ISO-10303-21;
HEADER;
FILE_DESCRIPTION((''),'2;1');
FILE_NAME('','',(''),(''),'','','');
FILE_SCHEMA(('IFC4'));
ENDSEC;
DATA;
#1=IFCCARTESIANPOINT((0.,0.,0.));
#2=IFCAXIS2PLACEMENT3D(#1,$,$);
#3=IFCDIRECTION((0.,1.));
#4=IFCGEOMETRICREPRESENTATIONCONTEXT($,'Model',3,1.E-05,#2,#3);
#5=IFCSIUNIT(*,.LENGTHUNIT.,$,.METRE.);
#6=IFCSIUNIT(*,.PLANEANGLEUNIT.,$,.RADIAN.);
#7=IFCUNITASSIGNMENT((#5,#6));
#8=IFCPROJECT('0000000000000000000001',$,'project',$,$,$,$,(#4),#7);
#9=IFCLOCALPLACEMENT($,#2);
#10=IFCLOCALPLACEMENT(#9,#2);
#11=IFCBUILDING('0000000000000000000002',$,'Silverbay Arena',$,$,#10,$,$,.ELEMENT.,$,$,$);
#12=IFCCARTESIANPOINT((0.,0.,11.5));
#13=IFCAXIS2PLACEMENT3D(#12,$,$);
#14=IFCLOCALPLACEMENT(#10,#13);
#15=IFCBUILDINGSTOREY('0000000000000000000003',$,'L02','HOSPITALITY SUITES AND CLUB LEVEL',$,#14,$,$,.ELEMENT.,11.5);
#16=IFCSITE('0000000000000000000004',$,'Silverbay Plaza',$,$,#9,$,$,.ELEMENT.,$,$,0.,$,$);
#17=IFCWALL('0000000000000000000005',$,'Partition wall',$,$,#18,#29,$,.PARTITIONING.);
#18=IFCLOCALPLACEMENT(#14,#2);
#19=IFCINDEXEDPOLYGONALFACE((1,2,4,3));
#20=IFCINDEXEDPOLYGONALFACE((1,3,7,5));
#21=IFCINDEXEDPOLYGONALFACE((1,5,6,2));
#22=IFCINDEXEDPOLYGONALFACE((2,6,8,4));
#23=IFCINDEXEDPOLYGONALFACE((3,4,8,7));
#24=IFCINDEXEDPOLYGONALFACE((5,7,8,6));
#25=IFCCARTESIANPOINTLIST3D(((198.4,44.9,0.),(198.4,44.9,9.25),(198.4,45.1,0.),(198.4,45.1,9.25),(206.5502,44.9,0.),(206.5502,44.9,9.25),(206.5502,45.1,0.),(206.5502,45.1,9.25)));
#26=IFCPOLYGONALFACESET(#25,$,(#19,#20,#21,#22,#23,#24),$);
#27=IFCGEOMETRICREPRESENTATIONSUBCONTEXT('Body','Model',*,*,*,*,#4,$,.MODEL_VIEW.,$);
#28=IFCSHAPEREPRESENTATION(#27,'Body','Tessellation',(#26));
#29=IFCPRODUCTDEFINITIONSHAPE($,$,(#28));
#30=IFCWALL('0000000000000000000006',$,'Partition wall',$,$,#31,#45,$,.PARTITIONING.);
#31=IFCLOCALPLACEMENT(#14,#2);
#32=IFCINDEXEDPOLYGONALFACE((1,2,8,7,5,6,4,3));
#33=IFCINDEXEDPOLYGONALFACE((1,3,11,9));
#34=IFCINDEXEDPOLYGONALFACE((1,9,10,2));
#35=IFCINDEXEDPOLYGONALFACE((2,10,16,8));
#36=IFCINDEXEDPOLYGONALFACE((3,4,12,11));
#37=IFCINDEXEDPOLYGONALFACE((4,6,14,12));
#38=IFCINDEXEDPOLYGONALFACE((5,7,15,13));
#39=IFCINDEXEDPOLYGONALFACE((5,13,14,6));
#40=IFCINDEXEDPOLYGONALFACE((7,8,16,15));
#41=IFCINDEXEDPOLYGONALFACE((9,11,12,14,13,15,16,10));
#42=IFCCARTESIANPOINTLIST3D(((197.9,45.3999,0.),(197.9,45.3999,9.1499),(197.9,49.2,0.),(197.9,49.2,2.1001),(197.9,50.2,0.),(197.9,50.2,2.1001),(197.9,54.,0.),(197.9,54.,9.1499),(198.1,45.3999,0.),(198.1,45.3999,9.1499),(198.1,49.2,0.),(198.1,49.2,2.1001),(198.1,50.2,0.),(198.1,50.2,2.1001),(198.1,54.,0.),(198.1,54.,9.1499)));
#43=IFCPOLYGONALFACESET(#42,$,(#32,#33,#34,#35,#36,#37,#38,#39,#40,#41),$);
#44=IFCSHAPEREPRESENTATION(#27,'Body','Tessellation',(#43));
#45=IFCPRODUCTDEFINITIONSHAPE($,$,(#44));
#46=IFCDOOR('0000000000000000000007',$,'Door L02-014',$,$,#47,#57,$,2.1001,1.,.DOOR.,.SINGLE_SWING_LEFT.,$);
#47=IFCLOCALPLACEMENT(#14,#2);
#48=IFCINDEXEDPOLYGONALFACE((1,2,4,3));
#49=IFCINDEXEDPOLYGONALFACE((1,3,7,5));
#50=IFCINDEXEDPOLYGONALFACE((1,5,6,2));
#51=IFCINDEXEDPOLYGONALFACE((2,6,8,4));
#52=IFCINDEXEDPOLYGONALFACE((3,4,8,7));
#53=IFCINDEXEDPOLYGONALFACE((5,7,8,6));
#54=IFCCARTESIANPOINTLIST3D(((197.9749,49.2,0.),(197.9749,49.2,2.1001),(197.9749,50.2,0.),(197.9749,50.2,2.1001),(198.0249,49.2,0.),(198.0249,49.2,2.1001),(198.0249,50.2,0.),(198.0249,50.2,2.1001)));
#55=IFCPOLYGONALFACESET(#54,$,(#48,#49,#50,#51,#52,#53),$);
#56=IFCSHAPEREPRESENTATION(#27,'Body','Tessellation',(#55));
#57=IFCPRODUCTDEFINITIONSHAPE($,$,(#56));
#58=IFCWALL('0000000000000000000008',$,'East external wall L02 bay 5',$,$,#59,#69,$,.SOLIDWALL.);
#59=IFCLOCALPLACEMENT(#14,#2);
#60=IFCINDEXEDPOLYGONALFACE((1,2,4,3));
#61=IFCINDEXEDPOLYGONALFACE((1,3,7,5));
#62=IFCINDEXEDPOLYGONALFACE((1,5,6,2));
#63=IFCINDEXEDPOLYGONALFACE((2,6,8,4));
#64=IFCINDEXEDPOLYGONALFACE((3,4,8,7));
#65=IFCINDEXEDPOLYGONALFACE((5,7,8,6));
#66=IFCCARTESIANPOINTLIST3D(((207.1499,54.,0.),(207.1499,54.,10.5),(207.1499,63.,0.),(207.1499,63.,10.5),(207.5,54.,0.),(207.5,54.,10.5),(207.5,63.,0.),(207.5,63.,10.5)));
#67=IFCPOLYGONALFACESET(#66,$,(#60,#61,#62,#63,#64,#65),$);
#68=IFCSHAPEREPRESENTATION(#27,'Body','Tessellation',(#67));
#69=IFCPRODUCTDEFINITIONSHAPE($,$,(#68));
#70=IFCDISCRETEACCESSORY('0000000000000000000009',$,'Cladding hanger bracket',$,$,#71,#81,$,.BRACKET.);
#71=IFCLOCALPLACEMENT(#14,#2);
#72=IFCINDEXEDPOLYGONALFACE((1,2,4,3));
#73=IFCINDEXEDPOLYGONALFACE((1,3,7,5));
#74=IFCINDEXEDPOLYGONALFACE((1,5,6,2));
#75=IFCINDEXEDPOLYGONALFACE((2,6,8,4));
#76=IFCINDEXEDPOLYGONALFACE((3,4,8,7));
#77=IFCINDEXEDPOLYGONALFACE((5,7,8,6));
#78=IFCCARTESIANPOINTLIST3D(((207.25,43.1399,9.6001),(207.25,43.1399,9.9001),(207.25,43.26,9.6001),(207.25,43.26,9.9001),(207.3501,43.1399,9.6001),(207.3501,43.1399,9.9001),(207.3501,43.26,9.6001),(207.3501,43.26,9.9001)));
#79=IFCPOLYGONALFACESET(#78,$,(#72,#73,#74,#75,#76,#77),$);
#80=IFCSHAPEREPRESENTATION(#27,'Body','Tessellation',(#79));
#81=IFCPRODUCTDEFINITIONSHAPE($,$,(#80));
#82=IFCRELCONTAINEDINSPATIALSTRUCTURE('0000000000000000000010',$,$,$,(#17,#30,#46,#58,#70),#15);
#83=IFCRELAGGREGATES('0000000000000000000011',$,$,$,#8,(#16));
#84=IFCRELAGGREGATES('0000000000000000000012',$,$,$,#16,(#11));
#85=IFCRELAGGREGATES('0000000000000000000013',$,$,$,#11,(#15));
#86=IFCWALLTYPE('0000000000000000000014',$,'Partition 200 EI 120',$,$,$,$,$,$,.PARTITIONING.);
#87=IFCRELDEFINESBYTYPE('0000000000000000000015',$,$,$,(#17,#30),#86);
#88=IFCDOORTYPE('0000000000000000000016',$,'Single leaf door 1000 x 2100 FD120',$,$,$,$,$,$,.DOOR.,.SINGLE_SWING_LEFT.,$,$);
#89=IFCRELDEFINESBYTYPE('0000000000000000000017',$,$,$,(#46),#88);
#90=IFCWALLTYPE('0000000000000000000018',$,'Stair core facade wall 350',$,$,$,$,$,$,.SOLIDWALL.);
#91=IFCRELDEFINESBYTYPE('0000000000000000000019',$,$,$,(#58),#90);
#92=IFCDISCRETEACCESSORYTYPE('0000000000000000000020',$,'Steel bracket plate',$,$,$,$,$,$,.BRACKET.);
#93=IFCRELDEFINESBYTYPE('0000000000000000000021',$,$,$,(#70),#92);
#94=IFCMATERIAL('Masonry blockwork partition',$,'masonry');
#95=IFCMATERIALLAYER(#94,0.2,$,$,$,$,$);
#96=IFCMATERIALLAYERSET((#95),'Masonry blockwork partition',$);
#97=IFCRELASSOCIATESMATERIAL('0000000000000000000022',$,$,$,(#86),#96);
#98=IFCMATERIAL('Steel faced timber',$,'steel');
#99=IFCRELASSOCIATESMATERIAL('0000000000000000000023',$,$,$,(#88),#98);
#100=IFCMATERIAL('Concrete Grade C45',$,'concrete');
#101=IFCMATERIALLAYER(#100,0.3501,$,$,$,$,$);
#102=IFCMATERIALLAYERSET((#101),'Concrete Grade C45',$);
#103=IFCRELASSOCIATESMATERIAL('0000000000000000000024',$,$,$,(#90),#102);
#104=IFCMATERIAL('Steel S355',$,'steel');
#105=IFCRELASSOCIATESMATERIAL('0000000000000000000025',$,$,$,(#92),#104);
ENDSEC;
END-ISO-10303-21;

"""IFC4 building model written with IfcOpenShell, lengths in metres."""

from ifc_helpers import new_model, si_unit, direction, frame, frame_2d, origin, origin_2d, place, context, subcontext, project, spatial, rectangle, extrude, material, layer, layer_set, type_object, element, fill, save


model = new_model("IFC4")

# Units and contexts
model_context = context("Model", 3, precision=1e-05, world=origin(), true_north=direction((0.0, 1.0)))
body_context = subcontext(model_context, "Body", "Model", "MODEL_VIEW")
ifc_project = project(units=[si_unit("LENGTHUNIT", "METRE"), si_unit("PLANEANGLEUNIT", "RADIAN")], contexts=[model_context])

# Site, building, storey
site_placement = place(None, origin())
site = spatial("IfcSite", under=ifc_project, at=site_placement, Name="Silverbay Plaza", CompositionType="ELEMENT", RefElevation=0.0)
building_placement = place(site_placement, origin())
building = spatial("IfcBuilding", under=site, at=building_placement, Name="Silverbay Arena", CompositionType="ELEMENT")
storey_placement = place(building_placement, frame((0.0, 0.0, 11.5)))
storey = spatial("IfcBuildingStorey", under=building, at=storey_placement, Name="L02", Description="HOSPITALITY SUITES AND CLUB LEVEL", CompositionType="ELEMENT", Elevation=11.5)

# Wall
ifc_material_1 = material(Name="Masonry blockwork partition", Category="masonry")
ifc_layer_1 = layer(ifc_material_1, 0.2)
ifc_layer_set_1 = layer_set([ifc_layer_1], Name="Masonry blockwork partition")
wall_type_1 = type_object("IfcWallType", Name="Partition 200 EI 120", PredefinedType="PARTITIONING", material=ifc_layer_set_1)
wall_1_placement = place(storey_placement, frame((198.3999, 45.0, 0.0), z_axis=(0.0, 0.0, 1.0), x_axis=(1.0, 0.0, 0.0)))
element("IfcWall", 1, at=wall_1_placement, inside=storey, type_object=wall_type_1, Name="Partition wall", PredefinedType="PARTITIONING", context=body_context, shape_type="SweptSolid", body=[
    extrude(rectangle(XDim=8.1501, YDim=0.2, at=frame_2d((4.0752, 0.0))), origin(), (0.0, 0.0, 1.0), 9.25),
])

# Wall, opening, door
wall_2_placement = place(storey_placement, frame((198.0, 45.3999, 0.0), z_axis=(0.0, 0.0, 1.0), x_axis=(0.0, 1.0, 0.0)))
wall_2 = element("IfcWall", 2, at=wall_2_placement, inside=storey, type_object=wall_type_1, Name="Partition wall", PredefinedType="PARTITIONING", context=body_context, shape_type="SweptSolid", body=[
    extrude(rectangle(XDim=8.6001, YDim=0.2, at=frame_2d((4.3, 0.0))), origin(), (0.0, 0.0, 1.0), 9.1499),
])
opening_1_placement = place(wall_2_placement, frame((3.8, 0.0, 0.0)))
opening_1 = element("IfcOpeningElement", 3, at=opening_1_placement, cuts=wall_2, PredefinedType="OPENING", context=body_context, shape_type="SweptSolid", body=[
    extrude(rectangle(XDim=1.0, YDim=2.1001, at=frame_2d((0.5, 1.05))), frame((0.0, 0.1099, 0.0), z_axis=(0.0, -1.0, 0.0), x_axis=(1.0, 0.0, 0.0)), (0.0, 0.0, 1.0), 0.22),
])
ifc_material_2 = material(Name="Steel faced timber", Category="steel")
door_type_1 = type_object("IfcDoorType", Name="Single leaf door 1000 x 2100 FD120", OperationType="SINGLE_SWING_LEFT", PredefinedType="DOOR", material=ifc_material_2)
door_1_placement = place(opening_1_placement, frame((1.0, 0.0, 0.0), z_axis=(0.0, 0.0, 1.0), x_axis=(-1.0, 0.0, 0.0)))
door_1 = element("IfcDoor", 4, at=door_1_placement, inside=storey, type_object=door_type_1, Name="Door L02-014", OperationType="SINGLE_SWING_LEFT", OverallHeight=2.1001, OverallWidth=1.0, PredefinedType="DOOR", context=body_context, shape_type="SweptSolid", body=[
    extrude(rectangle(XDim=1.0, YDim=2.1001, at=frame_2d((0.5, 1.05))), frame((0.0, 0.0249, 0.0), z_axis=(0.0, -1.0, 0.0), x_axis=(1.0, 0.0, 0.0)), (0.0, 0.0, 1.0), 0.05),
])
fill(opening_1, door_1)

# Wall
ifc_material_3 = material(Name="Concrete Grade C45", Category="concrete")
ifc_layer_2 = layer(ifc_material_3, 0.3501)
ifc_layer_set_2 = layer_set([ifc_layer_2], Name="Concrete Grade C45")
wall_type_2 = type_object("IfcWallType", Name="Stair core facade wall 350", PredefinedType="SOLIDWALL", material=ifc_layer_set_2)
wall_3_placement = place(storey_placement, frame((207.325, 54.0, 0.0), z_axis=(0.0, 0.0, 1.0), x_axis=(0.0, 1.0, 0.0)))
element("IfcWall", 5, at=wall_3_placement, inside=storey, type_object=wall_type_2, Name="East external wall L02 bay 5", PredefinedType="SOLIDWALL", context=body_context, shape_type="SweptSolid", body=[
    extrude(rectangle(XDim=9.0, YDim=0.3501, at=frame_2d((4.5, 0.0))), origin(), (0.0, 0.0, 1.0), 10.5),
])

# Discrete accessory
ifc_material_4 = material(Name="Steel S355", Category="steel")
discrete_accessory_type = type_object("IfcDiscreteAccessoryType", Name="Steel bracket plate", PredefinedType="BRACKET", material=ifc_material_4)
discrete_accessory_placement = place(storey_placement, frame((207.3, 43.2, 9.6001), z_axis=(0.0, 0.0, 1.0), x_axis=(1.0, 0.0, 0.0)))
element("IfcDiscreteAccessory", 6, at=discrete_accessory_placement, inside=storey, type_object=discrete_accessory_type, Name="Cladding hanger bracket", PredefinedType="BRACKET", context=body_context, shape_type="SweptSolid", body=[
    extrude(rectangle(XDim=0.1001, YDim=0.1201, at=origin_2d()), origin(), (0.0, 0.0, 1.0), 0.3),
])

save(model, "model.ifc")
